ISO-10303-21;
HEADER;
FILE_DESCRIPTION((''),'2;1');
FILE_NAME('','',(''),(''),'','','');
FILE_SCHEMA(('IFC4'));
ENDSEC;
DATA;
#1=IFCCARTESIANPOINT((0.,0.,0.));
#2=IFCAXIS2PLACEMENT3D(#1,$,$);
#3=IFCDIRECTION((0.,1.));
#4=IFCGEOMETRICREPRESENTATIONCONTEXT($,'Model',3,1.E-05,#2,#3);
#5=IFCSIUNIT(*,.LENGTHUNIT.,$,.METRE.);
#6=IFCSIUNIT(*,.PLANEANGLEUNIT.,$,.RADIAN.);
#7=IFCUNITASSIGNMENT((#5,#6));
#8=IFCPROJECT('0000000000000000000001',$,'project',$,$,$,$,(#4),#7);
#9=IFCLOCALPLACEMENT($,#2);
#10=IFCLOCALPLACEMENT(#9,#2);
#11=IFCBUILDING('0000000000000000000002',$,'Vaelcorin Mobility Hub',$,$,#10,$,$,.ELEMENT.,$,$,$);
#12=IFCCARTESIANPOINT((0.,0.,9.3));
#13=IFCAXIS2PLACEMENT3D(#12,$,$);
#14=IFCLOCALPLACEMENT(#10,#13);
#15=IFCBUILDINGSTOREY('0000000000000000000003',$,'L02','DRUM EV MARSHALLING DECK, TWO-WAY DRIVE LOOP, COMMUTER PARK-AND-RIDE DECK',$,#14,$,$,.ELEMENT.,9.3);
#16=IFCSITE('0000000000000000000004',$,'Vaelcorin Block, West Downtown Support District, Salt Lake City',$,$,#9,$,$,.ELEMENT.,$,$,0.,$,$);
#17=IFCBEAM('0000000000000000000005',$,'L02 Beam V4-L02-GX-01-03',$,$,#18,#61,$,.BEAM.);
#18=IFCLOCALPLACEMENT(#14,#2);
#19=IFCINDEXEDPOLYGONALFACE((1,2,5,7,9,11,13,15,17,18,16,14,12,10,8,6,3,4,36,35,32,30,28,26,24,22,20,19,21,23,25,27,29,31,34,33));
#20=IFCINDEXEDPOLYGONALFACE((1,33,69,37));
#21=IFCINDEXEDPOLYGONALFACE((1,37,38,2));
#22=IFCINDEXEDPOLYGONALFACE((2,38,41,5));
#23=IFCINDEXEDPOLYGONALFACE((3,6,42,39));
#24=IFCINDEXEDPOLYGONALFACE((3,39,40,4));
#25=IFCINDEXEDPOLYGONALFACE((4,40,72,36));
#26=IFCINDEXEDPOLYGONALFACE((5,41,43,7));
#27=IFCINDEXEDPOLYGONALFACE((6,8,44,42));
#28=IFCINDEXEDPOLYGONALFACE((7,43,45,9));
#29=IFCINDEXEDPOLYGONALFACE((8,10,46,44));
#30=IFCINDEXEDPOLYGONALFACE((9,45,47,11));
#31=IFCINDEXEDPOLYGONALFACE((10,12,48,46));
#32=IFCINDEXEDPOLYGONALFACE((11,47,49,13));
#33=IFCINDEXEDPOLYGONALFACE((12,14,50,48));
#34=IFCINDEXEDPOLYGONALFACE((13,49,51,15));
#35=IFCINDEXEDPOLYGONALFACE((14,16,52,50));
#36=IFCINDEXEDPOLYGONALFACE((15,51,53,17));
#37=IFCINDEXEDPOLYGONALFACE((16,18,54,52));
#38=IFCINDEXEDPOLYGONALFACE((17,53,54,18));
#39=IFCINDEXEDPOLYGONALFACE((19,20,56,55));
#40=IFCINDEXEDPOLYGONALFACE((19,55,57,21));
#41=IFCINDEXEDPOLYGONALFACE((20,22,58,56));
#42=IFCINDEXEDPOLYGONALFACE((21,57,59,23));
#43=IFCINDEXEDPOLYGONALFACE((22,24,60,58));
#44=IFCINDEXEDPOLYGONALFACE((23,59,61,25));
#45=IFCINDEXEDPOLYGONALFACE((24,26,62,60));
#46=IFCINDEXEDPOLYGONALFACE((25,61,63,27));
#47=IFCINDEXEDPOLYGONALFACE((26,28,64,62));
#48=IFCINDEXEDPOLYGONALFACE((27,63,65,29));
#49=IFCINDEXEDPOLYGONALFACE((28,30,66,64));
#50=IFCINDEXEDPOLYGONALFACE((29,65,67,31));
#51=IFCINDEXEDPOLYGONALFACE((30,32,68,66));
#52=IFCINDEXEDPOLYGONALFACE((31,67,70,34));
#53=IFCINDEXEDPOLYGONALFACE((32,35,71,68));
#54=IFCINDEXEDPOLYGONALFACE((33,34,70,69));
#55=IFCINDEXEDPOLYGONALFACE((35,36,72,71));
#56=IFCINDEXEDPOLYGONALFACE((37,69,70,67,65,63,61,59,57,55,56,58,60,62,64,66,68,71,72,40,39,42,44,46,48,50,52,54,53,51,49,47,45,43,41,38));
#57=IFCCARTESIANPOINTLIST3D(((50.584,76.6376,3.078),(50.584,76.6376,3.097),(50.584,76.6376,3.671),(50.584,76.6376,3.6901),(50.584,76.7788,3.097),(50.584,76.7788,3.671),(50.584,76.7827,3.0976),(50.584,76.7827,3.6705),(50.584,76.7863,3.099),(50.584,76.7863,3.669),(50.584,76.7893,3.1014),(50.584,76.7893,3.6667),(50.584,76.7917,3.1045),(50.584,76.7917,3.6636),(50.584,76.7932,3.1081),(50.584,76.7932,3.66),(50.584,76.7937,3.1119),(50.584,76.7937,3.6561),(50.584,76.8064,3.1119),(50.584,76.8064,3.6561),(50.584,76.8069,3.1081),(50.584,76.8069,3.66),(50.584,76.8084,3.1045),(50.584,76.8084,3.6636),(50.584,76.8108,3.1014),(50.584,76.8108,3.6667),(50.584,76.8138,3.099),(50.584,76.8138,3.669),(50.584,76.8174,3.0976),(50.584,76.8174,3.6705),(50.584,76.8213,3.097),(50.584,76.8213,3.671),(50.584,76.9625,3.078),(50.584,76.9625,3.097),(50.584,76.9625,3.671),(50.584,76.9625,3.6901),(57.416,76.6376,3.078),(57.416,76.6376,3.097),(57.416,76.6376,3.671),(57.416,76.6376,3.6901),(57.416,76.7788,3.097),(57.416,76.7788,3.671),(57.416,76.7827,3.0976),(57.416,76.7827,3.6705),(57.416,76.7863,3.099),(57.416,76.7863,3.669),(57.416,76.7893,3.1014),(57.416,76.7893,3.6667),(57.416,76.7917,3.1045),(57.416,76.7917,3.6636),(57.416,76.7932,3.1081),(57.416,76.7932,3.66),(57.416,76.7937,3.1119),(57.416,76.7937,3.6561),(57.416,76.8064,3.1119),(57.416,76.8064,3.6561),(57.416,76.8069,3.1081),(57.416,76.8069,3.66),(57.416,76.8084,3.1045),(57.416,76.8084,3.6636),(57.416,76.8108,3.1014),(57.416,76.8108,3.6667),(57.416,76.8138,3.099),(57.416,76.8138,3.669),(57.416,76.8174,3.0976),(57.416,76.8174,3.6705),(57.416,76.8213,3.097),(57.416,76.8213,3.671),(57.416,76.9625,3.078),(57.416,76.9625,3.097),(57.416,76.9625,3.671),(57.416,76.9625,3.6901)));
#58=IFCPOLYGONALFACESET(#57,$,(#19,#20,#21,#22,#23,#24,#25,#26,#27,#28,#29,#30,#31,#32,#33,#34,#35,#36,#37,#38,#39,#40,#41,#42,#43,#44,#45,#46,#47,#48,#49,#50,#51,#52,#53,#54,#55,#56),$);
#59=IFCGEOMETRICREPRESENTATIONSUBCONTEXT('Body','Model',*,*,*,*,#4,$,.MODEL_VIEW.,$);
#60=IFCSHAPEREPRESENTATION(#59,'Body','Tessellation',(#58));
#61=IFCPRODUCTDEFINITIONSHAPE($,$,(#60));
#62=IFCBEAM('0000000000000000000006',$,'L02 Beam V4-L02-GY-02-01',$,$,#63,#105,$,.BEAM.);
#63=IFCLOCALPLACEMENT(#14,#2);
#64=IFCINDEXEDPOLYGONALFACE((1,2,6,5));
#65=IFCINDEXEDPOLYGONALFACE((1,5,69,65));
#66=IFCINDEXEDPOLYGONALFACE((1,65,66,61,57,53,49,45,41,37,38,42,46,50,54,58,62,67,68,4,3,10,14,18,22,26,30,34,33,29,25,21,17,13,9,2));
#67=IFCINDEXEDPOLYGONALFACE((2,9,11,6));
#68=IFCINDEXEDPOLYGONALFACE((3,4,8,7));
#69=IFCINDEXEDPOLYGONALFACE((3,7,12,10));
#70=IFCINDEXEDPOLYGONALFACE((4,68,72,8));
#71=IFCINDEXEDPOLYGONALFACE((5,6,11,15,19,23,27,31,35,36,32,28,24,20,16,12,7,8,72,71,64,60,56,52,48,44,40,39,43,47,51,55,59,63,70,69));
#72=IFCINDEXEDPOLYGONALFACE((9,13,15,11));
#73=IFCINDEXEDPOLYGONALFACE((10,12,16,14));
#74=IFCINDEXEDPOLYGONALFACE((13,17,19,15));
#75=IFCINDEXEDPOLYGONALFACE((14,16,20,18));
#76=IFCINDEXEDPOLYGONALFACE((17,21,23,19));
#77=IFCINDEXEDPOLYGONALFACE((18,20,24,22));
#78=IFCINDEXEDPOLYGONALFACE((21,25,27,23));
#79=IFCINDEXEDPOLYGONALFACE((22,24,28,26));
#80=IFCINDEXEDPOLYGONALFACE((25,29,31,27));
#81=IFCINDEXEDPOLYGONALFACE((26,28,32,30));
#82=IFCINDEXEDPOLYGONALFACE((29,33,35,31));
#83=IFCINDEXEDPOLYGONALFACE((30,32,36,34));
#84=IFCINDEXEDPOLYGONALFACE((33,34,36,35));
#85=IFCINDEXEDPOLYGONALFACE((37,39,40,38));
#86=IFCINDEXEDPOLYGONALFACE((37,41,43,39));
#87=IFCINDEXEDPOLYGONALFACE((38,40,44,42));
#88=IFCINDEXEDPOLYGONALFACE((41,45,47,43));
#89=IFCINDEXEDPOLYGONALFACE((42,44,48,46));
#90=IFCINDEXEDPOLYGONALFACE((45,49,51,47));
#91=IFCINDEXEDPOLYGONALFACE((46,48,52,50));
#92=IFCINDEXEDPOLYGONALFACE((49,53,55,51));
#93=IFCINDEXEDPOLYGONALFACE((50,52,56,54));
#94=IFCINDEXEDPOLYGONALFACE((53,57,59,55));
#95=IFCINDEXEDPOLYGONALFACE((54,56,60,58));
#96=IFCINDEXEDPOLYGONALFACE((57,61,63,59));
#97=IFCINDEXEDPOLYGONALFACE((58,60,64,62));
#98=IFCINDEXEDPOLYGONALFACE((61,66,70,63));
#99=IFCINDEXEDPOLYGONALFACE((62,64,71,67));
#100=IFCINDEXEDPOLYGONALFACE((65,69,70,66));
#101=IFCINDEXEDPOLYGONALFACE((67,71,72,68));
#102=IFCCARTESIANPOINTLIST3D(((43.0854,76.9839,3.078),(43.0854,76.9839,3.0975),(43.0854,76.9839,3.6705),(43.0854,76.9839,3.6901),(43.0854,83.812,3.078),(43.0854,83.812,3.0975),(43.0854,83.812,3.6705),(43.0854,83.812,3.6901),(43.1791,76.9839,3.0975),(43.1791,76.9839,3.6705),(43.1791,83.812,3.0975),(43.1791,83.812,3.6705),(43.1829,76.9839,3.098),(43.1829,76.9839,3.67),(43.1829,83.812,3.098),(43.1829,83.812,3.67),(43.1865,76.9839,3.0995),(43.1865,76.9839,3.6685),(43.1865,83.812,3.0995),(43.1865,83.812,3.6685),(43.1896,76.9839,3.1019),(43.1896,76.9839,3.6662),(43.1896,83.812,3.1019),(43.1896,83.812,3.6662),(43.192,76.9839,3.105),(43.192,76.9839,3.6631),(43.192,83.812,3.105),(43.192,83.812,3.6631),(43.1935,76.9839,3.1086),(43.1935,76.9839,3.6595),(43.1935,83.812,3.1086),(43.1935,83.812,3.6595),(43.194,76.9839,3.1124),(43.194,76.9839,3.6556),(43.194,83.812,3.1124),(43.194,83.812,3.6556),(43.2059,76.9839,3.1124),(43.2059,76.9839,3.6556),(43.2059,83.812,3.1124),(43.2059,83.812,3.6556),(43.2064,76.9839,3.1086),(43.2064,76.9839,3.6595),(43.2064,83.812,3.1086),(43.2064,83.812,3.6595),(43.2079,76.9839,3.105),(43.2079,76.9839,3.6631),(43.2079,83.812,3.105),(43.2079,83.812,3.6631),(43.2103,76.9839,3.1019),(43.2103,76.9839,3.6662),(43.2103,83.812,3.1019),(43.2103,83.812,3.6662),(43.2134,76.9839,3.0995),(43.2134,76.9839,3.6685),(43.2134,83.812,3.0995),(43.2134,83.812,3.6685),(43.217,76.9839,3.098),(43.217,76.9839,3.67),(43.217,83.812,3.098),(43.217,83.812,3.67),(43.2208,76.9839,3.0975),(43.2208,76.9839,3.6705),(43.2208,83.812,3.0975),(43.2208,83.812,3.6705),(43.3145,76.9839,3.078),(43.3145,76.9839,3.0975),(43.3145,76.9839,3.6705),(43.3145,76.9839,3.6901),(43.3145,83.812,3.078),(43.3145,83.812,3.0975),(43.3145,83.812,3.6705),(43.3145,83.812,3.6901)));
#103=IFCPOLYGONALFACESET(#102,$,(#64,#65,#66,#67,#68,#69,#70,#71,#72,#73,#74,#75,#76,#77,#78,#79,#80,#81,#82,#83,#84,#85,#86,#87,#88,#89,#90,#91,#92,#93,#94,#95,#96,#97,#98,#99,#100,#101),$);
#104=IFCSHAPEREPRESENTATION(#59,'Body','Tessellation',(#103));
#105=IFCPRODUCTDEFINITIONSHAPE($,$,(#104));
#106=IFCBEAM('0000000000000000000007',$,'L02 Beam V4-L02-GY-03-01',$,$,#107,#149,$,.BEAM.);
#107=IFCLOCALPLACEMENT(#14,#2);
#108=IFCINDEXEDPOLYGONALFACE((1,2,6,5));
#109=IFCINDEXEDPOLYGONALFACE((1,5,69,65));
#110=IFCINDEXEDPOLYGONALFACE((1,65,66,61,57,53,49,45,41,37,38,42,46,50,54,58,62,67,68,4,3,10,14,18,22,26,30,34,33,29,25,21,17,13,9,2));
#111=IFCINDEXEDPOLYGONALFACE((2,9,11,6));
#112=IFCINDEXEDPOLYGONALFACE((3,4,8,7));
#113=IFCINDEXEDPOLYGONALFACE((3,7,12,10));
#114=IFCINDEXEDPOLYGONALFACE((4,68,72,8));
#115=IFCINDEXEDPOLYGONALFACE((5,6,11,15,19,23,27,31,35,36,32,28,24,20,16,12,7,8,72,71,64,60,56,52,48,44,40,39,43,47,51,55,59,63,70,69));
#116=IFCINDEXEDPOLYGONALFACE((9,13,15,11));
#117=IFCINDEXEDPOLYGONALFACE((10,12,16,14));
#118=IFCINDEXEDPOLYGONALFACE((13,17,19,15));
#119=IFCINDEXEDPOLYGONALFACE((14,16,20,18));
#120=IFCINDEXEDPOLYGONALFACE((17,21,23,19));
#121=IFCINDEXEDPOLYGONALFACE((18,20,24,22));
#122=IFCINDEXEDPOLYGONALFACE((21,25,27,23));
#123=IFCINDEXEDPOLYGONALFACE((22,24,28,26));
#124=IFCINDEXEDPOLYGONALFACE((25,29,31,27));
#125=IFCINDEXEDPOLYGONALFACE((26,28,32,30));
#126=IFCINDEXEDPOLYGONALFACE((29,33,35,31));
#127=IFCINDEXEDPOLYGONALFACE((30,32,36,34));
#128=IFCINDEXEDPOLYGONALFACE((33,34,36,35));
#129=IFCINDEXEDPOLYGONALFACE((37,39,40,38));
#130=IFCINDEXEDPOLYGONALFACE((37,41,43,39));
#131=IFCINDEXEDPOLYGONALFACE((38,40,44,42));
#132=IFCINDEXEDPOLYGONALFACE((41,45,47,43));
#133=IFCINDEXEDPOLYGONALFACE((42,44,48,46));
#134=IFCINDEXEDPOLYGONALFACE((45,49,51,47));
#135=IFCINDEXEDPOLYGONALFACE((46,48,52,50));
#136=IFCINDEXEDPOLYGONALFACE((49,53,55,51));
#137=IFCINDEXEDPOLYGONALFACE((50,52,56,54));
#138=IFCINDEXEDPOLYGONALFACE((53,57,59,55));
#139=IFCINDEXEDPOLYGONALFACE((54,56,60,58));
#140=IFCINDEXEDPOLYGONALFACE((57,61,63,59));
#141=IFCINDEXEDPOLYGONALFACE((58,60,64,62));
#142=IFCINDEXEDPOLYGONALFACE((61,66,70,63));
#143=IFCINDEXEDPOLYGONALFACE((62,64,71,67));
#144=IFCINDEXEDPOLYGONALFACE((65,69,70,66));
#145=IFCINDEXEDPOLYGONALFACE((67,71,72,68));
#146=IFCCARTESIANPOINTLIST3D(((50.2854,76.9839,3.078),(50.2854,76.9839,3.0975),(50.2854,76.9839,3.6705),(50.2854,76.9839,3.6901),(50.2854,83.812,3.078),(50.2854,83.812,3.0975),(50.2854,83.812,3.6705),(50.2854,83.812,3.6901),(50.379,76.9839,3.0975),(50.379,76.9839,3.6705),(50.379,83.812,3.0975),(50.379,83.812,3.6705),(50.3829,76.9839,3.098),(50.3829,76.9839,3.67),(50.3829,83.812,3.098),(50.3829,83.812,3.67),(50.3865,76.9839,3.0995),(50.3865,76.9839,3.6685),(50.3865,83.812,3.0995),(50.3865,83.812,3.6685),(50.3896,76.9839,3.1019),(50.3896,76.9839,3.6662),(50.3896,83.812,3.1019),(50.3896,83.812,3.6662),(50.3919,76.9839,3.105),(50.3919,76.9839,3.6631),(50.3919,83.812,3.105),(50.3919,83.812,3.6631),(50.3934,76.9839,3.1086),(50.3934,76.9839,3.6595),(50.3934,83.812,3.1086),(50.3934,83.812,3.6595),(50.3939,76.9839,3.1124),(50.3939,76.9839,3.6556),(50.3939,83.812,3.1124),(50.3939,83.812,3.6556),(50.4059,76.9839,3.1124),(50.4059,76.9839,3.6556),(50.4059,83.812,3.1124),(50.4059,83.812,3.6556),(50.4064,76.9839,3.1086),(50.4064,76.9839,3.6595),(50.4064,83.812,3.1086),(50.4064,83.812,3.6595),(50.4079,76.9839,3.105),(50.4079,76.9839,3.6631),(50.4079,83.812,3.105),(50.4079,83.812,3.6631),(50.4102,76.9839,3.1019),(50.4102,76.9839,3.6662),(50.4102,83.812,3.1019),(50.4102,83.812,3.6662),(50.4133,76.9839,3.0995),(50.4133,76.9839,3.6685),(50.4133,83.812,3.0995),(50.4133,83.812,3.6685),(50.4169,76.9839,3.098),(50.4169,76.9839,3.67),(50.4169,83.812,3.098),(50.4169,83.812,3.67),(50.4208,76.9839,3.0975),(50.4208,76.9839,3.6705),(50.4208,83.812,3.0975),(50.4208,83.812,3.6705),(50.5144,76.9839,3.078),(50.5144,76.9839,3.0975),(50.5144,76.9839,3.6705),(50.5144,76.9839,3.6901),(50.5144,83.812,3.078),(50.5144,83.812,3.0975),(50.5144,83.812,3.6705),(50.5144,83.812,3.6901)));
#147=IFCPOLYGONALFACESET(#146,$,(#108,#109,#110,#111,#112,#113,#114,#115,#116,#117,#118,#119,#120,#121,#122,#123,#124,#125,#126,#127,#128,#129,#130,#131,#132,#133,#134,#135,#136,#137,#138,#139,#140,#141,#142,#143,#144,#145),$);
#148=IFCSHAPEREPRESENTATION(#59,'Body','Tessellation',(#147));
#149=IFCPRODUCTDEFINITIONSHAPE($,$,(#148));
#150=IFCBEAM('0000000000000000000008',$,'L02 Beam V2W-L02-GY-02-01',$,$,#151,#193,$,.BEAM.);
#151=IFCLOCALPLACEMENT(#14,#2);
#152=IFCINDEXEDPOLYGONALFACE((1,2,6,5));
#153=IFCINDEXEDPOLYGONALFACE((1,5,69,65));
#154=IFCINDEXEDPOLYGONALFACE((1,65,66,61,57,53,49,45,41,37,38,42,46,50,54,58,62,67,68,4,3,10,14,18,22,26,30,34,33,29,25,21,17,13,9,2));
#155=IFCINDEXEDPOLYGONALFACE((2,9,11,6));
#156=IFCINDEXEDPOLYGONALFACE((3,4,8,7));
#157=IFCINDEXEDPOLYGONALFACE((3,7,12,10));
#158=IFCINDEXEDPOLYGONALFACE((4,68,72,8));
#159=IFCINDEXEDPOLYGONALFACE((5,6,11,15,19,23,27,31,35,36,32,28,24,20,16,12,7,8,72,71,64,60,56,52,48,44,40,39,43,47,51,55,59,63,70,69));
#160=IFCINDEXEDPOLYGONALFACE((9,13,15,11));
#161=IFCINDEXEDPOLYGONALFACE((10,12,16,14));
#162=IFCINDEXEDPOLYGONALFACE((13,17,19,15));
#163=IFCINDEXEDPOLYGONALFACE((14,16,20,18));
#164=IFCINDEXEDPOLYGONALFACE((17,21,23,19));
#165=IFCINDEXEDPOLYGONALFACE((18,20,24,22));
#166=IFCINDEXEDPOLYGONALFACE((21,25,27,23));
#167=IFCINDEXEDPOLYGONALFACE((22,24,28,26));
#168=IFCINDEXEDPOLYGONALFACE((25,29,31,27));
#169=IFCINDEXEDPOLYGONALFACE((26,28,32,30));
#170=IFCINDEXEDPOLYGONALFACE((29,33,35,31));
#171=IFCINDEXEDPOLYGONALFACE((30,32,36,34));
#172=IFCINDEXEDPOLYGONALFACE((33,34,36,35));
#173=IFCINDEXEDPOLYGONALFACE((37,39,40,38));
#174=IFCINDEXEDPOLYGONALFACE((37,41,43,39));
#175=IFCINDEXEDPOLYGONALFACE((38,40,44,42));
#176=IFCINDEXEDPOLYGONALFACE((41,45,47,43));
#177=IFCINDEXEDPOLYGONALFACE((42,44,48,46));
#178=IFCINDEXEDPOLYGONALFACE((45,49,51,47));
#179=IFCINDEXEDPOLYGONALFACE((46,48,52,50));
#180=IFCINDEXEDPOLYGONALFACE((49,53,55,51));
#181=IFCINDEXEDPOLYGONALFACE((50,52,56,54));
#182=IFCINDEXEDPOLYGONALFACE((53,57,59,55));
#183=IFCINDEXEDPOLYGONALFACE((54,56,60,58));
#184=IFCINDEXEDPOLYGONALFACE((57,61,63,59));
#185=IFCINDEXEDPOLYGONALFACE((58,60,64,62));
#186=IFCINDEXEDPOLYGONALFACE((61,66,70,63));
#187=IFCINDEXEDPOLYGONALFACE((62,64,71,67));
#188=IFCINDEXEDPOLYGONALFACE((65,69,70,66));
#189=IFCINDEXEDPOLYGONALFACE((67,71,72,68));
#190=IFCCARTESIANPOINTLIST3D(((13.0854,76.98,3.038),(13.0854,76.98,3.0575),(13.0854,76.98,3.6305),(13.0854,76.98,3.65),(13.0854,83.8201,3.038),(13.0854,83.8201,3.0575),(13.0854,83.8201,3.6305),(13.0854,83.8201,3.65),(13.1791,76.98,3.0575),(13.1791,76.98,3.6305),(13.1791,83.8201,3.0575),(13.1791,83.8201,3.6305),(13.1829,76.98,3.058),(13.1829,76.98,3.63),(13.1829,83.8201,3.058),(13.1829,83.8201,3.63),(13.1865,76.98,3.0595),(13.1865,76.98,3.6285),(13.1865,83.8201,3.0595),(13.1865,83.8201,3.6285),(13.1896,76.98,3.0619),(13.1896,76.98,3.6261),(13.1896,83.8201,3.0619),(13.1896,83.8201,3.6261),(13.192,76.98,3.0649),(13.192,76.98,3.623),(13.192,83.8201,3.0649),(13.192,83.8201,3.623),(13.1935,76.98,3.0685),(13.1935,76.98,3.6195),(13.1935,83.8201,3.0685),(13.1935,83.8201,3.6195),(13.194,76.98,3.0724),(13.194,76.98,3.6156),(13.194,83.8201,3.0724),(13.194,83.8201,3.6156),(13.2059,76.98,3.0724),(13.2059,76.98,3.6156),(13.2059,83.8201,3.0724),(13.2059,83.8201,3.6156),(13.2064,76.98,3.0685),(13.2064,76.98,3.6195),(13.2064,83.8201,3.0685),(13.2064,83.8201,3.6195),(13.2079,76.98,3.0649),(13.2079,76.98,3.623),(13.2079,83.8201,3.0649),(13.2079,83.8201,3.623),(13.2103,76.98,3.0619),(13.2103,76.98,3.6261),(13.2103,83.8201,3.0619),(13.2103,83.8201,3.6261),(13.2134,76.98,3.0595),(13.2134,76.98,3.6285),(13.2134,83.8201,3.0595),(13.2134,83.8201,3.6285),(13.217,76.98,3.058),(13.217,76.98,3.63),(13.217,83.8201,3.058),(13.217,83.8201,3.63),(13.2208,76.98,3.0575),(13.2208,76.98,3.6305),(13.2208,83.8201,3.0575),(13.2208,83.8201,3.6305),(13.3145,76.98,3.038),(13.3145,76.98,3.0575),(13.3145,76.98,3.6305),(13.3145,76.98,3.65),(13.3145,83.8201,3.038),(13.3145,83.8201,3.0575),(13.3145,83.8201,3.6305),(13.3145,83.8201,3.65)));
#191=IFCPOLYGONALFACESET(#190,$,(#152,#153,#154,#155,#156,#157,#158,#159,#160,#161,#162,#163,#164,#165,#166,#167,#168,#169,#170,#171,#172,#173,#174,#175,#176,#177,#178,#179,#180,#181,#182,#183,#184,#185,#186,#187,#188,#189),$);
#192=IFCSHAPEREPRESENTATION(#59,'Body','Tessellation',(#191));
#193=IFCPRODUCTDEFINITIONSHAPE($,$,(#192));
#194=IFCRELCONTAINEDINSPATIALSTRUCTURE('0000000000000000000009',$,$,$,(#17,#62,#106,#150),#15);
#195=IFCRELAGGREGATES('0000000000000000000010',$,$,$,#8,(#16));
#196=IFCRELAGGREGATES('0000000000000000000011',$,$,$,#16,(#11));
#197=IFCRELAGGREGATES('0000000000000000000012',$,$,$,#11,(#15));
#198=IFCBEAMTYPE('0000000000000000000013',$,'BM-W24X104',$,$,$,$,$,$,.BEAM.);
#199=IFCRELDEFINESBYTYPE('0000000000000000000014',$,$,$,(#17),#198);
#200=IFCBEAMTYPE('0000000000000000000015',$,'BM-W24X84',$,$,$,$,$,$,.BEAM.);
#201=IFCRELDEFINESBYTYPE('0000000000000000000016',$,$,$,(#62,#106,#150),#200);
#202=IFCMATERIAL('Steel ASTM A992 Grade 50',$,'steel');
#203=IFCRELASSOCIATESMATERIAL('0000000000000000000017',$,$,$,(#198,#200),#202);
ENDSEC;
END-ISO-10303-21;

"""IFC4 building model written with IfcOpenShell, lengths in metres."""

from ifc_helpers import new_model, si_unit, direction, frame, origin, origin_2d, place, context, subcontext, project, spatial, i_section, extrude, material, material_profile, profile_set, type_object, element, save


model = new_model("IFC4")

# Units and contexts
model_context = context("Model", 3, precision=1e-05, world=origin(), true_north=direction((0.0, 1.0)))
body_context = subcontext(model_context, "Body", "Model", "MODEL_VIEW")
ifc_project = project(units=[si_unit("LENGTHUNIT", "METRE"), si_unit("PLANEANGLEUNIT", "RADIAN")], contexts=[model_context])

# Site, building, storey
site_placement = place(None, origin())
site = spatial("IfcSite", under=ifc_project, at=site_placement, Name="Vaelcorin Block, West Downtown Support District, Salt Lake City", CompositionType="ELEMENT", RefElevation=0.0)
building_placement = place(site_placement, origin())
building = spatial("IfcBuilding", under=site, at=building_placement, Name="Vaelcorin Mobility Hub", CompositionType="ELEMENT")
storey_placement = place(building_placement, frame((0.0, 0.0, 9.3)))
storey = spatial("IfcBuildingStorey", under=building, at=storey_placement, Name="L02", Description="DRUM EV MARSHALLING DECK, TWO-WAY DRIVE LOOP, COMMUTER PARK-AND-RIDE DECK", CompositionType="ELEMENT", Elevation=9.3)

# Shared definitions
ifc_material_1 = material(Name="Steel ASTM A992 Grade 50", Category="steel")

# Beams
ifc_material_profile_1 = material_profile(ifc_material_1, i_section(OverallWidth=0.325, OverallDepth=0.6121, WebThickness=0.0127, FlangeThickness=0.019, FilletRadius=0.0149, at=origin_2d()), Name="W24X104")
ifc_profile_set_1 = profile_set([ifc_material_profile_1], Name="Steel ASTM A992 Grade 50")
beam_type_1 = type_object("IfcBeamType", Name="BM-W24X104", PredefinedType="BEAM", material=ifc_profile_set_1)
for number, where, z_axis, x_axis, name in (
    (1, (50.584, 76.8, 3.384), (1.0, 0.0, 0.0), (0.0, 1.0, 0.0), "L02 Beam V4-L02-GX-01-03"),
):
    element("IfcBeam", number, at=place(storey_placement, frame(where, z_axis=z_axis, x_axis=x_axis)), inside=storey, type_object=beam_type_1, Name=name, PredefinedType="BEAM", context=body_context, shape_type="SweptSolid", body=[
        extrude(i_section(OverallWidth=0.325, OverallDepth=0.6121, WebThickness=0.0127, FlangeThickness=0.019, FilletRadius=0.0149, at=origin_2d()), origin(), (0.0, 0.0, 1.0), 6.832),
    ])
ifc_material_profile_2 = material_profile(ifc_material_1, i_section(OverallWidth=0.229, OverallDepth=0.6121, WebThickness=0.012, FlangeThickness=0.0195, FilletRadius=0.0149, at=origin_2d()), Name="W24X84")
ifc_profile_set_2 = profile_set([ifc_material_profile_2], Name="Steel ASTM A992 Grade 50")
beam_type_2 = type_object("IfcBeamType", Name="BM-W24X84", PredefinedType="BEAM", material=ifc_profile_set_2)
for number, where, z_axis, x_axis, name in (
    (2, (43.2, 76.9839, 3.384), (0.0, 1.0, 0.0), (-1.0, 0.0, 0.0), "L02 Beam V4-L02-GY-02-01"),
    (3, (50.3999, 76.9839, 3.384), (0.0, 1.0, 0.0), (-1.0, 0.0, 0.0), "L02 Beam V4-L02-GY-03-01"),
):
    element("IfcBeam", number, at=place(storey_placement, frame(where, z_axis=z_axis, x_axis=x_axis)), inside=storey, type_object=beam_type_2, Name=name, PredefinedType="BEAM", context=body_context, shape_type="SweptSolid", body=[
        extrude(i_section(OverallWidth=0.229, OverallDepth=0.6121, WebThickness=0.012, FlangeThickness=0.0195, FilletRadius=0.0149, at=origin_2d()), origin(), (0.0, 0.0, 1.0), 6.8281),
    ])
for number, where, z_axis, x_axis, name in (
    (4, (13.2, 76.98, 3.344), (0.0, 1.0, 0.0), (-1.0, 0.0, 0.0), "L02 Beam V2W-L02-GY-02-01"),
):
    element("IfcBeam", number, at=place(storey_placement, frame(where, z_axis=z_axis, x_axis=x_axis)), inside=storey, type_object=beam_type_2, Name=name, PredefinedType="BEAM", context=body_context, shape_type="SweptSolid", body=[
        extrude(i_section(OverallWidth=0.229, OverallDepth=0.6121, WebThickness=0.012, FlangeThickness=0.0195, FilletRadius=0.0149, at=origin_2d()), origin(), (0.0, 0.0, 1.0), 6.8401),
    ])

save(model, "model.ifc")
